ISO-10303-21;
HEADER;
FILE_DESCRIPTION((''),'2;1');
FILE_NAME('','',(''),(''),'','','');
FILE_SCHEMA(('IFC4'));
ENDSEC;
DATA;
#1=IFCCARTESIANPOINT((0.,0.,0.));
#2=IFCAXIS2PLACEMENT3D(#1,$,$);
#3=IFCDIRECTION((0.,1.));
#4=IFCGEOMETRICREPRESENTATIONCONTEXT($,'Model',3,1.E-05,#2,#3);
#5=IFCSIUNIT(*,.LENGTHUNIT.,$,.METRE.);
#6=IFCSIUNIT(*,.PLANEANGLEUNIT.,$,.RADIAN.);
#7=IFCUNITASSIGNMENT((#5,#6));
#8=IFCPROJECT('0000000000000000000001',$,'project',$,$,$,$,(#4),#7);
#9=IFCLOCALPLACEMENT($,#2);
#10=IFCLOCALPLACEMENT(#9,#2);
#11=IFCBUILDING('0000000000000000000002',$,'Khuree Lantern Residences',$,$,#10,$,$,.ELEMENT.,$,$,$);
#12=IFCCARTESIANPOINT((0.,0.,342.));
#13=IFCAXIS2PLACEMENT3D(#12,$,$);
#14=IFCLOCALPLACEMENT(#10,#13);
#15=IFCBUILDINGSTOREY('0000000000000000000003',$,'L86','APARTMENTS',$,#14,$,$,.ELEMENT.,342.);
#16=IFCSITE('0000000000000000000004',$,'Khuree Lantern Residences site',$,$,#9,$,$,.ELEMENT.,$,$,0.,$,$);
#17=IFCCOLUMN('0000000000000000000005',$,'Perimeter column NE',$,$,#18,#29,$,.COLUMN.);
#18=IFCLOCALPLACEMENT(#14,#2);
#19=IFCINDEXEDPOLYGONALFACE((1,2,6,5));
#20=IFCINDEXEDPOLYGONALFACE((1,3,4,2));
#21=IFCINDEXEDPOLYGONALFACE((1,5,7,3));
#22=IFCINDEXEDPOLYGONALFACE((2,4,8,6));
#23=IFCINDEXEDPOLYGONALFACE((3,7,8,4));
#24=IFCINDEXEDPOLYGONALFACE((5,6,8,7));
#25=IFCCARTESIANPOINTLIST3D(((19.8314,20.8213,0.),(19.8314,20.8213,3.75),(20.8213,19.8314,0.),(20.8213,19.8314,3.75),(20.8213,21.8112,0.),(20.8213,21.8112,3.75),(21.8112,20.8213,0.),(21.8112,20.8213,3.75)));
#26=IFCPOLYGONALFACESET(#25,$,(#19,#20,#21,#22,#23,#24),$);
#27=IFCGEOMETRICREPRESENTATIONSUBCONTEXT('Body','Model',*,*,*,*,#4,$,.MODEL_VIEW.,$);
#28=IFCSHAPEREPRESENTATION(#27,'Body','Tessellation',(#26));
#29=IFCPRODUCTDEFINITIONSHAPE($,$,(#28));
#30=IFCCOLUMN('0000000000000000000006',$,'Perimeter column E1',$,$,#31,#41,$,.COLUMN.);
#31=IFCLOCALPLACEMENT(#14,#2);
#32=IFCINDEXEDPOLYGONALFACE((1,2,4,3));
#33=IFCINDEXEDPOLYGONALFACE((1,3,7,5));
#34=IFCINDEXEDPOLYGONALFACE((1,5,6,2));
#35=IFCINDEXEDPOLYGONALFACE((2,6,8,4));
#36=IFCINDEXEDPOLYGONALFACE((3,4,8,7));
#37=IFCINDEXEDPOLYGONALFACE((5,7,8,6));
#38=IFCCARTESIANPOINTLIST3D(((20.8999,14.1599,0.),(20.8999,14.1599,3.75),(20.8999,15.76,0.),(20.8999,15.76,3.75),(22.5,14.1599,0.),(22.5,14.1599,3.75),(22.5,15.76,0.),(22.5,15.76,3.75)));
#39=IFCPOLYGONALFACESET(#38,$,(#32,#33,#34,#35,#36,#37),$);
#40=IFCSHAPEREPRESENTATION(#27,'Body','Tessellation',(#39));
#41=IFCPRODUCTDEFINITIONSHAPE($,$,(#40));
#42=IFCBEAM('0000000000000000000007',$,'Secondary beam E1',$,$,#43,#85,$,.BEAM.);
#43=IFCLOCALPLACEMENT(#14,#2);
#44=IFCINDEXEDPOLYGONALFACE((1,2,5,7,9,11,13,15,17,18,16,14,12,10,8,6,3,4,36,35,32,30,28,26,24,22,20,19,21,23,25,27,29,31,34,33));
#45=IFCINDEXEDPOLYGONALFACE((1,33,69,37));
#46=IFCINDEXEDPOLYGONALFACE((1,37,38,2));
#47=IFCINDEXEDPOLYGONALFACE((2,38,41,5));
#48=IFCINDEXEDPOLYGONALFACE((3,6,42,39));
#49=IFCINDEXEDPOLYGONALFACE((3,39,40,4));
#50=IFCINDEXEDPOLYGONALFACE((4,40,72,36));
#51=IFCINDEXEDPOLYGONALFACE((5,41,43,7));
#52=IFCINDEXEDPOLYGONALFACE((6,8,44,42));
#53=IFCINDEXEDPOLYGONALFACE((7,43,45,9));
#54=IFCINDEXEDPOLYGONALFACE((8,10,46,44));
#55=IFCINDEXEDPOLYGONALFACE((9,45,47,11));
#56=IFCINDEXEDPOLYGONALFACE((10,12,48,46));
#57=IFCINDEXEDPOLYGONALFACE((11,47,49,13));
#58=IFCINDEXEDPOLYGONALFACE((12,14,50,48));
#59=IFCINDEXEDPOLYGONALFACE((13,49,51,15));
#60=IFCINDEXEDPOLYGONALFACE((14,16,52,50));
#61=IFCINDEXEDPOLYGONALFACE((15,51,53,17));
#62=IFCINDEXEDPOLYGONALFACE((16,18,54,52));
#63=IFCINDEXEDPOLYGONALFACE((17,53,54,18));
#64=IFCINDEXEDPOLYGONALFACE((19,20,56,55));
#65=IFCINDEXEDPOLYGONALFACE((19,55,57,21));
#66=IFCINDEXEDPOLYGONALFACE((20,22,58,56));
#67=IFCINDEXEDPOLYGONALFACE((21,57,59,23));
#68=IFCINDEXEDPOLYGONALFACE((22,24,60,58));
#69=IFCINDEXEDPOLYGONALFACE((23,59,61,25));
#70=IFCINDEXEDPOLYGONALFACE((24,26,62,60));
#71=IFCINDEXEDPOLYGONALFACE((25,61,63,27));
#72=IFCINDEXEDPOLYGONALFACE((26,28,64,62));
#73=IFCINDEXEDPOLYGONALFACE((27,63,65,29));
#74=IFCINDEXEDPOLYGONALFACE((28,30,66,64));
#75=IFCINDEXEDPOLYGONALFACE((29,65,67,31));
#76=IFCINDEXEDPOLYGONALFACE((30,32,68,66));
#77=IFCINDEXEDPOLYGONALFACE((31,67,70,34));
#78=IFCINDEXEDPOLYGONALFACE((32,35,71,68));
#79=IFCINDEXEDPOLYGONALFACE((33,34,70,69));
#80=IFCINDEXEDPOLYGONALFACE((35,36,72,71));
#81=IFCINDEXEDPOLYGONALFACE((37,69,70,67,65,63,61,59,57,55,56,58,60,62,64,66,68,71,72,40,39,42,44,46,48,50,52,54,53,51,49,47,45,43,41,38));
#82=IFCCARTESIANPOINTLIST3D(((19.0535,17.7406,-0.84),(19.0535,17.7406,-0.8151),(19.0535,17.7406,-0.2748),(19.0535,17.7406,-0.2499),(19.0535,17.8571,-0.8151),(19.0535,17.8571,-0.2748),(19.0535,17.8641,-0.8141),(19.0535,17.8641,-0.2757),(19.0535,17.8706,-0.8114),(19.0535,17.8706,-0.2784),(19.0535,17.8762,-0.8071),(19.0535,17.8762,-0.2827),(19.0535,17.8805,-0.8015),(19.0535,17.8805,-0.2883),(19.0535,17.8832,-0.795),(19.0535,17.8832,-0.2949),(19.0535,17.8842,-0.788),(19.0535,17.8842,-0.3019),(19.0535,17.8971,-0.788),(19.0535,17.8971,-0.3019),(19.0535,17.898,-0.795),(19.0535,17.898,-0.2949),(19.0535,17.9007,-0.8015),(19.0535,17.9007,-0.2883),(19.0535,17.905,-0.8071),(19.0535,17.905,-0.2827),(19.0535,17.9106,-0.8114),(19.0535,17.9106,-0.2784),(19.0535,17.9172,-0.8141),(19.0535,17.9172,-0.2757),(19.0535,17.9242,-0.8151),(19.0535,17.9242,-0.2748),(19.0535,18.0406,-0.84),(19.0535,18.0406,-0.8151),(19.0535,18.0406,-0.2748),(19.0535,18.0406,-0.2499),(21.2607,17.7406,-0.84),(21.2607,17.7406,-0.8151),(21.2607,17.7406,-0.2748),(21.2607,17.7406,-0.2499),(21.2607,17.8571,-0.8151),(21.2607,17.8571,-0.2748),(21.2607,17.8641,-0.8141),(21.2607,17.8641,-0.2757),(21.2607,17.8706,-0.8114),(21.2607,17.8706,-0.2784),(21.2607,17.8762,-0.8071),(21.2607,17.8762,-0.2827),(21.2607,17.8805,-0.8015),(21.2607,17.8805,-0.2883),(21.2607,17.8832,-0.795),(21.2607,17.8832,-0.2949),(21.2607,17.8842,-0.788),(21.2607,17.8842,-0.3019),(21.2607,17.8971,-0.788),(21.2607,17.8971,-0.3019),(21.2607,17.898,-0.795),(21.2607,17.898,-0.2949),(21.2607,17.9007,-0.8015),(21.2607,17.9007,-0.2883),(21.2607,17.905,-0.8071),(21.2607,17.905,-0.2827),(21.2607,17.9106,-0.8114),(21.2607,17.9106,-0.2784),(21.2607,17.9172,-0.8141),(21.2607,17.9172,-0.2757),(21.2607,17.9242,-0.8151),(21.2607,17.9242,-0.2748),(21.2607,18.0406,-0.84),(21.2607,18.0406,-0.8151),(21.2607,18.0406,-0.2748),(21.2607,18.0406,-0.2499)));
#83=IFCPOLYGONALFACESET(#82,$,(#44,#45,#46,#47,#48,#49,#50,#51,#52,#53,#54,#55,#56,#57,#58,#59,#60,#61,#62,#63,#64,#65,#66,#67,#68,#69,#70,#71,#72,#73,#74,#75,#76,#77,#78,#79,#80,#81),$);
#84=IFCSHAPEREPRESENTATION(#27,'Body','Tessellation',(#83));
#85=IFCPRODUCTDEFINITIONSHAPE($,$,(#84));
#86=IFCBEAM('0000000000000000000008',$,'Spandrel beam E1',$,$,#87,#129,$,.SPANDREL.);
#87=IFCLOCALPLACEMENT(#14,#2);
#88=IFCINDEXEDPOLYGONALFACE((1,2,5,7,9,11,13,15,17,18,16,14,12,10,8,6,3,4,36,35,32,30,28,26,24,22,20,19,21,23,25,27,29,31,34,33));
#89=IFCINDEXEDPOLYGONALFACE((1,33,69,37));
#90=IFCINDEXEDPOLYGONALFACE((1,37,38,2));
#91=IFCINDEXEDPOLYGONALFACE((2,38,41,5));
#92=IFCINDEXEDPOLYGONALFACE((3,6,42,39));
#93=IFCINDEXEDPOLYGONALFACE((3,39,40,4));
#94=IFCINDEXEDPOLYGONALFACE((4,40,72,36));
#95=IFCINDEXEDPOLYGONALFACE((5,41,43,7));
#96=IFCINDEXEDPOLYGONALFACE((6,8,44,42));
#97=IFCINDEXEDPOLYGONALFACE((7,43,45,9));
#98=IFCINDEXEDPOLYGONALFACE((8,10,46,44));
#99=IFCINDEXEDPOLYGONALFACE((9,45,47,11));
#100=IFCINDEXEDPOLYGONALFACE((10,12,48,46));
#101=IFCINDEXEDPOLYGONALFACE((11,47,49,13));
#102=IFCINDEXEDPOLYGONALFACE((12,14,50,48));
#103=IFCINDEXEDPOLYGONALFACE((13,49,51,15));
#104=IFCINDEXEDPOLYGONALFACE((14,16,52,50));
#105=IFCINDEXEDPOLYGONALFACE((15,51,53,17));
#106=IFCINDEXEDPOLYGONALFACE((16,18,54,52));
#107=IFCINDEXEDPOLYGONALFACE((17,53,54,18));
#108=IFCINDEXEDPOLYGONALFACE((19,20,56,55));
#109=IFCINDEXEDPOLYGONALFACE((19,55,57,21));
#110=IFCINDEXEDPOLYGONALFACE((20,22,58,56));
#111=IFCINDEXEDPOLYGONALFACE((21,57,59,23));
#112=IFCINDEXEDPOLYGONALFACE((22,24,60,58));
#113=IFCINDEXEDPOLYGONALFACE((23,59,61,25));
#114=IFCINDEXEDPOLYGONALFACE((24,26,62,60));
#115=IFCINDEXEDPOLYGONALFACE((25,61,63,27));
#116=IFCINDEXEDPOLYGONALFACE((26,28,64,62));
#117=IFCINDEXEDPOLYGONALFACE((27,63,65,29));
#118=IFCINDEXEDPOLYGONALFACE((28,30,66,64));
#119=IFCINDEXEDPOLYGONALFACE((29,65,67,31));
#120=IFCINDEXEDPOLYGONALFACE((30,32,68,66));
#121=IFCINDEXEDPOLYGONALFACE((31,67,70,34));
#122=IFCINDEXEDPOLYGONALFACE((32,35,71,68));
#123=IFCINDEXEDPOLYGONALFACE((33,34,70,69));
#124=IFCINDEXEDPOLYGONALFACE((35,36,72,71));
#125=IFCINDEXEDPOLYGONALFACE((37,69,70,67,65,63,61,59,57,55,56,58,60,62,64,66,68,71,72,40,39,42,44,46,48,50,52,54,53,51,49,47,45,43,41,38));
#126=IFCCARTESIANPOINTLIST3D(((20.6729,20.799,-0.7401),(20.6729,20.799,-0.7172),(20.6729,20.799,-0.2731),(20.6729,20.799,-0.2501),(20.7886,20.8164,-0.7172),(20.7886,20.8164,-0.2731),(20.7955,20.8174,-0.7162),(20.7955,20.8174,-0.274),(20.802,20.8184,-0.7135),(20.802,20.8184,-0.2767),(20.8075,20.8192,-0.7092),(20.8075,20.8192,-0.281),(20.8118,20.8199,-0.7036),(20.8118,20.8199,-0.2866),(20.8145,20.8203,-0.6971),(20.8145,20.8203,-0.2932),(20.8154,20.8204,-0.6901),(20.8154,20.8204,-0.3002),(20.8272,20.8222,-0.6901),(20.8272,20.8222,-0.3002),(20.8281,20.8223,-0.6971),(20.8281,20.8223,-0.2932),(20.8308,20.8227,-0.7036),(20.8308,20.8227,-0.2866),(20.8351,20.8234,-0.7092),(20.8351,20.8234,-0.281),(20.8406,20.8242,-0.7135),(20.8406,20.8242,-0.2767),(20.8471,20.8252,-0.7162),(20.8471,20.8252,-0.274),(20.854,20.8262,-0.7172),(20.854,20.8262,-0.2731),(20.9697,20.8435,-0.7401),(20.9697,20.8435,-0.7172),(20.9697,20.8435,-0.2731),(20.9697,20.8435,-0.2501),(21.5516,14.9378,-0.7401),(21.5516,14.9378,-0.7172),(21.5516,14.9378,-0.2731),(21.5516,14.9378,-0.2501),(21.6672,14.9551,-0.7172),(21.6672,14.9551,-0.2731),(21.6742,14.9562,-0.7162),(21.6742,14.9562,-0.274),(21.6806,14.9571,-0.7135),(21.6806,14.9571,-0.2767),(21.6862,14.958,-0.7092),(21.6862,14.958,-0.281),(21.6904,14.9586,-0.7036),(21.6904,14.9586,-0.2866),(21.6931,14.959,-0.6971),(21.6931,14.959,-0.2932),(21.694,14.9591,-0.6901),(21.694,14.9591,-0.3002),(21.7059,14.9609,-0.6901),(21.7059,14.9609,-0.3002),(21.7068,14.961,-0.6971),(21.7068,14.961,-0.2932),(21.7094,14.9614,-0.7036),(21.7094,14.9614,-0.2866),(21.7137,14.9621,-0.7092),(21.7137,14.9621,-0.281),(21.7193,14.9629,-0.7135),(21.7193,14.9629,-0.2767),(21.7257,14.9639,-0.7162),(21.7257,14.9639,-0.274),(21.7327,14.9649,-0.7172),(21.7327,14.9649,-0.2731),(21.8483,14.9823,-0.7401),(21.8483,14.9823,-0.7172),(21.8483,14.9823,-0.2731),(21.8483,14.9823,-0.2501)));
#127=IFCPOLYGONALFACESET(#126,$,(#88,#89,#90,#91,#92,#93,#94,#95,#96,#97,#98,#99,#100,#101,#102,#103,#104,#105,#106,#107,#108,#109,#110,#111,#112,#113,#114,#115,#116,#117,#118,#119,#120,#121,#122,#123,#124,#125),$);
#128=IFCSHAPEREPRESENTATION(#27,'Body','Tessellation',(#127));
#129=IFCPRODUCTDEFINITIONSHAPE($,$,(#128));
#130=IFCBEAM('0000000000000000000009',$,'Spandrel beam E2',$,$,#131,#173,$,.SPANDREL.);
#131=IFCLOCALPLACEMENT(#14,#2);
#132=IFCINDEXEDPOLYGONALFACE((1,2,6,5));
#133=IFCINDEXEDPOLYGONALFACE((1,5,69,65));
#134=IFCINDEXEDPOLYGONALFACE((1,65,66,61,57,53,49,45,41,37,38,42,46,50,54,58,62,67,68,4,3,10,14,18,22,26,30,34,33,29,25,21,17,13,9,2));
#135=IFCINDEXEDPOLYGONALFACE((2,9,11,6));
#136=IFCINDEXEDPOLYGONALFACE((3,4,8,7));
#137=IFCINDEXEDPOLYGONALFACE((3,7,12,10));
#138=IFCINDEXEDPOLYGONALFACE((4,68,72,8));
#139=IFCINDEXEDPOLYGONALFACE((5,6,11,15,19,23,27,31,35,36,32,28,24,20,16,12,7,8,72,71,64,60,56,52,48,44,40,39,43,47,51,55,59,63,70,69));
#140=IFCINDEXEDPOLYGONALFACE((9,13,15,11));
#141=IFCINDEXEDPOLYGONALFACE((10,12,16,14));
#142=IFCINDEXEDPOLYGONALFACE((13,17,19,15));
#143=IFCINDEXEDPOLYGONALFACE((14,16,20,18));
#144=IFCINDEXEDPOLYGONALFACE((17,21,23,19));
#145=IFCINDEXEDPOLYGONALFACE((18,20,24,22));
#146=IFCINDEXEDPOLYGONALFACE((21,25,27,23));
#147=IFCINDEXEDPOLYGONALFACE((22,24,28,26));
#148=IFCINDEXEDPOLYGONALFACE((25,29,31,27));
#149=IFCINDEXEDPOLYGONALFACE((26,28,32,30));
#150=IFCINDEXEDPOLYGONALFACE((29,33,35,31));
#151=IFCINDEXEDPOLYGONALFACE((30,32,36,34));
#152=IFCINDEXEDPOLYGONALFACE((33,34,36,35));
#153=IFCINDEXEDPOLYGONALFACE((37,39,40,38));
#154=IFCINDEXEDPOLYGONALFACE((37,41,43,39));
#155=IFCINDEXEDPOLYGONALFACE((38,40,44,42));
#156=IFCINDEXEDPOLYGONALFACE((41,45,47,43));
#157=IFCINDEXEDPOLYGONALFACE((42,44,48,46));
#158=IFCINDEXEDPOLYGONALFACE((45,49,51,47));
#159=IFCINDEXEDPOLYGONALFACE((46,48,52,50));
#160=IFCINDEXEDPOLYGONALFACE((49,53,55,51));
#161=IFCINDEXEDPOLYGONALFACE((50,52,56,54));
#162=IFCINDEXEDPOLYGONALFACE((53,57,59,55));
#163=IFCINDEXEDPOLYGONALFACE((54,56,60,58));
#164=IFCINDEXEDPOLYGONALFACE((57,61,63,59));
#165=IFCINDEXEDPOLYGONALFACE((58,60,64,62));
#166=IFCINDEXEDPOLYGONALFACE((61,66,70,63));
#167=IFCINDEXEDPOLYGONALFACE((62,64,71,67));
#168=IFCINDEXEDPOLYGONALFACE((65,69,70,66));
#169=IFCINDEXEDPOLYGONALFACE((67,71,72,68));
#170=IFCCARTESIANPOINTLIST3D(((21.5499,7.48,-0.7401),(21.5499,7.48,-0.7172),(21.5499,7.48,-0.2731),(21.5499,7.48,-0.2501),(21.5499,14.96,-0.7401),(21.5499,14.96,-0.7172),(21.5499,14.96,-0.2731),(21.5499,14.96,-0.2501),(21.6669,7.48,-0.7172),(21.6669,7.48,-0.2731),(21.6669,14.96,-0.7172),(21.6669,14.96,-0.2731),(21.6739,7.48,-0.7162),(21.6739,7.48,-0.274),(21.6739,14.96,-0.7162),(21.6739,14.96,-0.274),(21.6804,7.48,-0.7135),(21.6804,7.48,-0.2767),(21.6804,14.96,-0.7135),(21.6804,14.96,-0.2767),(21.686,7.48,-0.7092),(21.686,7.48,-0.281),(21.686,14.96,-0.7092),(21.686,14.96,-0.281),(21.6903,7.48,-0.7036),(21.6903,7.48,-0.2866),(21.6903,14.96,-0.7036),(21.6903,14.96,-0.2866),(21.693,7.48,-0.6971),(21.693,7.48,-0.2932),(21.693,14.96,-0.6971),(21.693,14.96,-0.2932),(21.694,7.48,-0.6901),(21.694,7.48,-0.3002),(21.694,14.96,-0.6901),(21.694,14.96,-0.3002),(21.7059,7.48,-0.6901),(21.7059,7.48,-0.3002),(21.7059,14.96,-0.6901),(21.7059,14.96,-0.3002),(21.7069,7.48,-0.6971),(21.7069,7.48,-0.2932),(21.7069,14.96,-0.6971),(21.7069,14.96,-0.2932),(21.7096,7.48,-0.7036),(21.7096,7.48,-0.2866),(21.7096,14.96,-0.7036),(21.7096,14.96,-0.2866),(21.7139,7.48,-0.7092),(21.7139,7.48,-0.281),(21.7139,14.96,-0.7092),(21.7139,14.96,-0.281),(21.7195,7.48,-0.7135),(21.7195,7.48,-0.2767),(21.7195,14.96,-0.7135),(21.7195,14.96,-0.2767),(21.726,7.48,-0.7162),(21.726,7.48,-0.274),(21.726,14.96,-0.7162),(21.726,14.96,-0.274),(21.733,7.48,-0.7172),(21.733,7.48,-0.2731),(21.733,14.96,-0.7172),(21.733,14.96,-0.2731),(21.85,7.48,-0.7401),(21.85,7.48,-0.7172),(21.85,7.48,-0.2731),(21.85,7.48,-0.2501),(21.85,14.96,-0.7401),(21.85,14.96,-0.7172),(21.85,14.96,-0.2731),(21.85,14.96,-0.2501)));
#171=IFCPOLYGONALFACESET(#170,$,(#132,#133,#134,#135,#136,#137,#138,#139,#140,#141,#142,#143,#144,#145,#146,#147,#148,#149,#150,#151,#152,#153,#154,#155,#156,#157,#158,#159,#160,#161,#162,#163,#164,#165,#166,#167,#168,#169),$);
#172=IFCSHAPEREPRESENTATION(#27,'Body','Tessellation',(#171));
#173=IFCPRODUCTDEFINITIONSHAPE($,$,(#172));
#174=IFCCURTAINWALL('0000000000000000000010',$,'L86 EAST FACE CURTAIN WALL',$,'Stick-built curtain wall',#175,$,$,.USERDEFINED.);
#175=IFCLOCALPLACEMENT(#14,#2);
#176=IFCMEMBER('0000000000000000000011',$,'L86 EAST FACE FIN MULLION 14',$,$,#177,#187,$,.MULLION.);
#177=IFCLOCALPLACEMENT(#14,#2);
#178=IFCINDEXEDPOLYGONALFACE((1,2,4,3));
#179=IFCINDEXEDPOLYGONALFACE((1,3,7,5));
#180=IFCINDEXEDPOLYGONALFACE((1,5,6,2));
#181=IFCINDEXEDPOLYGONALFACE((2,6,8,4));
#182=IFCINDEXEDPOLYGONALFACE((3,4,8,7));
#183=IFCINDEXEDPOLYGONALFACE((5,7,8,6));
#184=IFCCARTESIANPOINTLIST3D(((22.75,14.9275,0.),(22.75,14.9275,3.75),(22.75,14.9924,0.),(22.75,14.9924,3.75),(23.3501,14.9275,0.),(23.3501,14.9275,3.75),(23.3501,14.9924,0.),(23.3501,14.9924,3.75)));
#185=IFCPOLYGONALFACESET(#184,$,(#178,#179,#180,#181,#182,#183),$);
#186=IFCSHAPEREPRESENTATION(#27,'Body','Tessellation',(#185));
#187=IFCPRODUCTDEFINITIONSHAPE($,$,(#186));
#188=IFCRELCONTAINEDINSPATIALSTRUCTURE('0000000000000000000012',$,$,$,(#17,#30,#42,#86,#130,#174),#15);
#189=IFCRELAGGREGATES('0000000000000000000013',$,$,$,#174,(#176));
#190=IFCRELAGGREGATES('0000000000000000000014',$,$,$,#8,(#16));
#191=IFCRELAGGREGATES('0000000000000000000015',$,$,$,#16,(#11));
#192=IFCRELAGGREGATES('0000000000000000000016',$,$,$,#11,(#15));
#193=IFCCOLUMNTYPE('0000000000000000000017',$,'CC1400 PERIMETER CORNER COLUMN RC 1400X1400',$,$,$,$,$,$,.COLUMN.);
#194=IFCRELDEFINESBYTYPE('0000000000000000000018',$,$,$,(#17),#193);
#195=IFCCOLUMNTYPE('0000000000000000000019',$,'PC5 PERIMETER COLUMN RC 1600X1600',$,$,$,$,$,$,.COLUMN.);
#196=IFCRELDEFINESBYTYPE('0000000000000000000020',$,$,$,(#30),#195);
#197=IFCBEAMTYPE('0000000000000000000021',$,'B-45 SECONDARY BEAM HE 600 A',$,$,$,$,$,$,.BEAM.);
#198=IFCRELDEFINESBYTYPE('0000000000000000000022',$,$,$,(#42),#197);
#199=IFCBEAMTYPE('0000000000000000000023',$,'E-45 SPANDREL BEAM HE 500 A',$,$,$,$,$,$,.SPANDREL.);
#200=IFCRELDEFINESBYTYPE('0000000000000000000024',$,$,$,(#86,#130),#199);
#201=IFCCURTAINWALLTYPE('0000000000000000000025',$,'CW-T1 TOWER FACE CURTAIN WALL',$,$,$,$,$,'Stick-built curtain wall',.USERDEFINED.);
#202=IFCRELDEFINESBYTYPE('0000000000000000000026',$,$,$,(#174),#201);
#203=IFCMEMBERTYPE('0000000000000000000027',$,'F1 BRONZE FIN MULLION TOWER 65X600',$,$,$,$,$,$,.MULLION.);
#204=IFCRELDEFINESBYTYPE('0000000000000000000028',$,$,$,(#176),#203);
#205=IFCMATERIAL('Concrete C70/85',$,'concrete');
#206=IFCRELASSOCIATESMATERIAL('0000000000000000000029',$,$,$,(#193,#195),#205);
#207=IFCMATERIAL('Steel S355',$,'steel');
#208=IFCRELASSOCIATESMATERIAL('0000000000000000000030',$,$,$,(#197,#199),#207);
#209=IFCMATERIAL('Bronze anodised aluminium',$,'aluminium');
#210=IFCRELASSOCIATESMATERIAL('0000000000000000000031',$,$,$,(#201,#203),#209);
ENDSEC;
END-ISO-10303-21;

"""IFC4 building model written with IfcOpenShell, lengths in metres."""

from ifc_helpers import new_model, si_unit, direction, frame, origin, origin_2d, place, context, subcontext, project, spatial, rectangle, i_section, extrude, material, material_profile, profile_set, type_object, element, aggregate, save


model = new_model("IFC4")

# Units and contexts
model_context = context("Model", 3, precision=1e-05, world=origin(), true_north=direction((0.0, 1.0)))
body_context = subcontext(model_context, "Body", "Model", "MODEL_VIEW")
ifc_project = project(units=[si_unit("LENGTHUNIT", "METRE"), si_unit("PLANEANGLEUNIT", "RADIAN")], contexts=[model_context])

# Site, building, storey
site_placement = place(None, origin())
site = spatial("IfcSite", under=ifc_project, at=site_placement, Name="Khuree Lantern Residences site", CompositionType="ELEMENT", RefElevation=0.0)
building_placement = place(site_placement, origin())
building = spatial("IfcBuilding", under=site, at=building_placement, Name="Khuree Lantern Residences", CompositionType="ELEMENT")
storey_placement = place(building_placement, frame((0.0, 0.0, 342.0)))
storey = spatial("IfcBuildingStorey", under=building, at=storey_placement, Name="L86", Description="APARTMENTS", CompositionType="ELEMENT", Elevation=342.0)

# Columns
ifc_material_1 = material(Name="Concrete C70/85", Category="concrete")
ifc_material_profile_1 = material_profile(ifc_material_1, rectangle(XDim=1.3999, YDim=1.3999, at=origin_2d()), Name="RC 1400X1400")
ifc_profile_set_1 = profile_set([ifc_material_profile_1], Name="Concrete C70/85")
column_type_1 = type_object("IfcColumnType", Name="CC1400 PERIMETER CORNER COLUMN RC 1400X1400", PredefinedType="COLUMN", material=ifc_profile_set_1)
column_1_placement = place(storey_placement, frame((20.8213, 20.8213, 0.0), z_axis=(0.0, 0.0, 1.0), x_axis=(0.707107, -0.707107, 0.0)))
element("IfcColumn", 1, at=column_1_placement, inside=storey, type_object=column_type_1, Name="Perimeter column NE", PredefinedType="COLUMN", context=body_context, shape_type="SweptSolid", body=[
    extrude(rectangle(XDim=1.3999, YDim=1.3999, at=origin_2d()), origin(), (0.0, 0.0, 1.0), 3.75),
])
ifc_material_profile_2 = material_profile(ifc_material_1, rectangle(XDim=1.6001, YDim=1.6001, at=origin_2d()), Name="RC 1600X1600")
ifc_profile_set_2 = profile_set([ifc_material_profile_2], Name="Concrete C70/85")
column_type_2 = type_object("IfcColumnType", Name="PC5 PERIMETER COLUMN RC 1600X1600", PredefinedType="COLUMN", material=ifc_profile_set_2)
column_2_placement = place(storey_placement, frame((21.7, 14.96, 0.0), z_axis=(0.0, 0.0, 1.0), x_axis=(0.0, 1.0, 0.0)))
element("IfcColumn", 2, at=column_2_placement, inside=storey, type_object=column_type_2, Name="Perimeter column E1", PredefinedType="COLUMN", context=body_context, shape_type="SweptSolid", body=[
    extrude(rectangle(XDim=1.6001, YDim=1.6001, at=origin_2d()), origin(), (0.0, 0.0, 1.0), 3.75),
])

# Beams
ifc_material_2 = material(Name="Steel S355", Category="steel")
ifc_material_profile_3 = material_profile(ifc_material_2, i_section(OverallWidth=0.3, OverallDepth=0.5901, WebThickness=0.0129, FlangeThickness=0.0249, FilletRadius=0.0271, at=origin_2d()), Name="HE 600 A")
ifc_profile_set_3 = profile_set([ifc_material_profile_3], Name="Steel S355")
beam_type_1 = type_object("IfcBeamType", Name="B-45 SECONDARY BEAM HE 600 A", PredefinedType="BEAM", material=ifc_profile_set_3)
beam_1_placement = place(storey_placement, frame((21.2607, 17.8906, -0.5449), z_axis=(-1.0, 0.0, 0.0), x_axis=(0.0, -1.0, 0.0)))
element("IfcBeam", 3, at=beam_1_placement, inside=storey, type_object=beam_type_1, Name="Secondary beam E1", PredefinedType="BEAM", context=body_context, shape_type="SweptSolid", body=[
    extrude(i_section(OverallWidth=0.3, OverallDepth=0.5901, WebThickness=0.0129, FlangeThickness=0.0249, FilletRadius=0.0271, at=origin_2d()), origin(), (0.0, 0.0, 1.0), 2.2073),
])
ifc_material_profile_4 = material_profile(ifc_material_2, i_section(OverallWidth=0.3, OverallDepth=0.49, WebThickness=0.012, FlangeThickness=0.0229, FilletRadius=0.0271, at=origin_2d()), Name="HE 500 A")
ifc_profile_set_4 = profile_set([ifc_material_profile_4], Name="Steel S355")
beam_type_2 = type_object("IfcBeamType", Name="E-45 SPANDREL BEAM HE 500 A", PredefinedType="SPANDREL", material=ifc_profile_set_4)
beam_2_placement = place(storey_placement, frame((20.8213, 20.8213, -0.4951), z_axis=(0.148252, -0.98895, 0.0), x_axis=(0.98895, 0.148252, 0.0)))
element("IfcBeam", 4, at=beam_2_placement, inside=storey, type_object=beam_type_2, Name="Spandrel beam E1", PredefinedType="SPANDREL", context=body_context, shape_type="SweptSolid", body=[
    extrude(i_section(OverallWidth=0.3, OverallDepth=0.49, WebThickness=0.012, FlangeThickness=0.0229, FilletRadius=0.0271, at=origin_2d()), origin(), (0.0, 0.0, 1.0), 5.9268),
])
beam_3_placement = place(storey_placement, frame((21.7, 14.96, -0.4951), z_axis=(0.0, -1.0, 0.0), x_axis=(1.0, 0.0, 0.0)))
element("IfcBeam", 5, at=beam_3_placement, inside=storey, type_object=beam_type_2, Name="Spandrel beam E2", PredefinedType="SPANDREL", context=body_context, shape_type="SweptSolid", body=[
    extrude(i_section(OverallWidth=0.3, OverallDepth=0.49, WebThickness=0.012, FlangeThickness=0.0229, FilletRadius=0.0271, at=origin_2d()), origin(), (0.0, 0.0, 1.0), 7.48),
])

# Curtain wall, member
ifc_material_3 = material(Name="Bronze anodised aluminium", Category="aluminium")
curtain_wall_type_1 = type_object("IfcCurtainWallType", Name="CW-T1 TOWER FACE CURTAIN WALL", ElementType="Stick-built curtain wall", PredefinedType="USERDEFINED", material=ifc_material_3)
curtain_wall_1_placement = place(storey_placement, origin())
curtain_wall_1 = element("IfcCurtainWall", 6, at=curtain_wall_1_placement, inside=storey, type_object=curtain_wall_type_1, Name="L86 EAST FACE CURTAIN WALL", ObjectType="Stick-built curtain wall", PredefinedType="USERDEFINED")
ifc_material_profile_5 = material_profile(ifc_material_3, rectangle(XDim=0.0649, YDim=0.6001, at=origin_2d()), Name="F1 65X600")
ifc_profile_set_5 = profile_set([ifc_material_profile_5], Name="Bronze anodised aluminium")
member_type_1 = type_object("IfcMemberType", Name="F1 BRONZE FIN MULLION TOWER 65X600", PredefinedType="MULLION", material=ifc_profile_set_5)
member_1_placement = place(storey_placement, frame((23.05, 14.96, 0.0), z_axis=(0.0, 0.0, 1.0), x_axis=(0.0, 1.0, 0.0)))
member_1 = element("IfcMember", 7, at=member_1_placement, type_object=member_type_1, Name="L86 EAST FACE FIN MULLION 14", PredefinedType="MULLION", context=body_context, shape_type="SweptSolid", body=[
    extrude(rectangle(XDim=0.0649, YDim=0.6001, at=origin_2d()), origin(), (0.0, 0.0, 1.0), 3.75),
])

aggregate(curtain_wall_1, [member_1])

save(model, "model.ifc")
